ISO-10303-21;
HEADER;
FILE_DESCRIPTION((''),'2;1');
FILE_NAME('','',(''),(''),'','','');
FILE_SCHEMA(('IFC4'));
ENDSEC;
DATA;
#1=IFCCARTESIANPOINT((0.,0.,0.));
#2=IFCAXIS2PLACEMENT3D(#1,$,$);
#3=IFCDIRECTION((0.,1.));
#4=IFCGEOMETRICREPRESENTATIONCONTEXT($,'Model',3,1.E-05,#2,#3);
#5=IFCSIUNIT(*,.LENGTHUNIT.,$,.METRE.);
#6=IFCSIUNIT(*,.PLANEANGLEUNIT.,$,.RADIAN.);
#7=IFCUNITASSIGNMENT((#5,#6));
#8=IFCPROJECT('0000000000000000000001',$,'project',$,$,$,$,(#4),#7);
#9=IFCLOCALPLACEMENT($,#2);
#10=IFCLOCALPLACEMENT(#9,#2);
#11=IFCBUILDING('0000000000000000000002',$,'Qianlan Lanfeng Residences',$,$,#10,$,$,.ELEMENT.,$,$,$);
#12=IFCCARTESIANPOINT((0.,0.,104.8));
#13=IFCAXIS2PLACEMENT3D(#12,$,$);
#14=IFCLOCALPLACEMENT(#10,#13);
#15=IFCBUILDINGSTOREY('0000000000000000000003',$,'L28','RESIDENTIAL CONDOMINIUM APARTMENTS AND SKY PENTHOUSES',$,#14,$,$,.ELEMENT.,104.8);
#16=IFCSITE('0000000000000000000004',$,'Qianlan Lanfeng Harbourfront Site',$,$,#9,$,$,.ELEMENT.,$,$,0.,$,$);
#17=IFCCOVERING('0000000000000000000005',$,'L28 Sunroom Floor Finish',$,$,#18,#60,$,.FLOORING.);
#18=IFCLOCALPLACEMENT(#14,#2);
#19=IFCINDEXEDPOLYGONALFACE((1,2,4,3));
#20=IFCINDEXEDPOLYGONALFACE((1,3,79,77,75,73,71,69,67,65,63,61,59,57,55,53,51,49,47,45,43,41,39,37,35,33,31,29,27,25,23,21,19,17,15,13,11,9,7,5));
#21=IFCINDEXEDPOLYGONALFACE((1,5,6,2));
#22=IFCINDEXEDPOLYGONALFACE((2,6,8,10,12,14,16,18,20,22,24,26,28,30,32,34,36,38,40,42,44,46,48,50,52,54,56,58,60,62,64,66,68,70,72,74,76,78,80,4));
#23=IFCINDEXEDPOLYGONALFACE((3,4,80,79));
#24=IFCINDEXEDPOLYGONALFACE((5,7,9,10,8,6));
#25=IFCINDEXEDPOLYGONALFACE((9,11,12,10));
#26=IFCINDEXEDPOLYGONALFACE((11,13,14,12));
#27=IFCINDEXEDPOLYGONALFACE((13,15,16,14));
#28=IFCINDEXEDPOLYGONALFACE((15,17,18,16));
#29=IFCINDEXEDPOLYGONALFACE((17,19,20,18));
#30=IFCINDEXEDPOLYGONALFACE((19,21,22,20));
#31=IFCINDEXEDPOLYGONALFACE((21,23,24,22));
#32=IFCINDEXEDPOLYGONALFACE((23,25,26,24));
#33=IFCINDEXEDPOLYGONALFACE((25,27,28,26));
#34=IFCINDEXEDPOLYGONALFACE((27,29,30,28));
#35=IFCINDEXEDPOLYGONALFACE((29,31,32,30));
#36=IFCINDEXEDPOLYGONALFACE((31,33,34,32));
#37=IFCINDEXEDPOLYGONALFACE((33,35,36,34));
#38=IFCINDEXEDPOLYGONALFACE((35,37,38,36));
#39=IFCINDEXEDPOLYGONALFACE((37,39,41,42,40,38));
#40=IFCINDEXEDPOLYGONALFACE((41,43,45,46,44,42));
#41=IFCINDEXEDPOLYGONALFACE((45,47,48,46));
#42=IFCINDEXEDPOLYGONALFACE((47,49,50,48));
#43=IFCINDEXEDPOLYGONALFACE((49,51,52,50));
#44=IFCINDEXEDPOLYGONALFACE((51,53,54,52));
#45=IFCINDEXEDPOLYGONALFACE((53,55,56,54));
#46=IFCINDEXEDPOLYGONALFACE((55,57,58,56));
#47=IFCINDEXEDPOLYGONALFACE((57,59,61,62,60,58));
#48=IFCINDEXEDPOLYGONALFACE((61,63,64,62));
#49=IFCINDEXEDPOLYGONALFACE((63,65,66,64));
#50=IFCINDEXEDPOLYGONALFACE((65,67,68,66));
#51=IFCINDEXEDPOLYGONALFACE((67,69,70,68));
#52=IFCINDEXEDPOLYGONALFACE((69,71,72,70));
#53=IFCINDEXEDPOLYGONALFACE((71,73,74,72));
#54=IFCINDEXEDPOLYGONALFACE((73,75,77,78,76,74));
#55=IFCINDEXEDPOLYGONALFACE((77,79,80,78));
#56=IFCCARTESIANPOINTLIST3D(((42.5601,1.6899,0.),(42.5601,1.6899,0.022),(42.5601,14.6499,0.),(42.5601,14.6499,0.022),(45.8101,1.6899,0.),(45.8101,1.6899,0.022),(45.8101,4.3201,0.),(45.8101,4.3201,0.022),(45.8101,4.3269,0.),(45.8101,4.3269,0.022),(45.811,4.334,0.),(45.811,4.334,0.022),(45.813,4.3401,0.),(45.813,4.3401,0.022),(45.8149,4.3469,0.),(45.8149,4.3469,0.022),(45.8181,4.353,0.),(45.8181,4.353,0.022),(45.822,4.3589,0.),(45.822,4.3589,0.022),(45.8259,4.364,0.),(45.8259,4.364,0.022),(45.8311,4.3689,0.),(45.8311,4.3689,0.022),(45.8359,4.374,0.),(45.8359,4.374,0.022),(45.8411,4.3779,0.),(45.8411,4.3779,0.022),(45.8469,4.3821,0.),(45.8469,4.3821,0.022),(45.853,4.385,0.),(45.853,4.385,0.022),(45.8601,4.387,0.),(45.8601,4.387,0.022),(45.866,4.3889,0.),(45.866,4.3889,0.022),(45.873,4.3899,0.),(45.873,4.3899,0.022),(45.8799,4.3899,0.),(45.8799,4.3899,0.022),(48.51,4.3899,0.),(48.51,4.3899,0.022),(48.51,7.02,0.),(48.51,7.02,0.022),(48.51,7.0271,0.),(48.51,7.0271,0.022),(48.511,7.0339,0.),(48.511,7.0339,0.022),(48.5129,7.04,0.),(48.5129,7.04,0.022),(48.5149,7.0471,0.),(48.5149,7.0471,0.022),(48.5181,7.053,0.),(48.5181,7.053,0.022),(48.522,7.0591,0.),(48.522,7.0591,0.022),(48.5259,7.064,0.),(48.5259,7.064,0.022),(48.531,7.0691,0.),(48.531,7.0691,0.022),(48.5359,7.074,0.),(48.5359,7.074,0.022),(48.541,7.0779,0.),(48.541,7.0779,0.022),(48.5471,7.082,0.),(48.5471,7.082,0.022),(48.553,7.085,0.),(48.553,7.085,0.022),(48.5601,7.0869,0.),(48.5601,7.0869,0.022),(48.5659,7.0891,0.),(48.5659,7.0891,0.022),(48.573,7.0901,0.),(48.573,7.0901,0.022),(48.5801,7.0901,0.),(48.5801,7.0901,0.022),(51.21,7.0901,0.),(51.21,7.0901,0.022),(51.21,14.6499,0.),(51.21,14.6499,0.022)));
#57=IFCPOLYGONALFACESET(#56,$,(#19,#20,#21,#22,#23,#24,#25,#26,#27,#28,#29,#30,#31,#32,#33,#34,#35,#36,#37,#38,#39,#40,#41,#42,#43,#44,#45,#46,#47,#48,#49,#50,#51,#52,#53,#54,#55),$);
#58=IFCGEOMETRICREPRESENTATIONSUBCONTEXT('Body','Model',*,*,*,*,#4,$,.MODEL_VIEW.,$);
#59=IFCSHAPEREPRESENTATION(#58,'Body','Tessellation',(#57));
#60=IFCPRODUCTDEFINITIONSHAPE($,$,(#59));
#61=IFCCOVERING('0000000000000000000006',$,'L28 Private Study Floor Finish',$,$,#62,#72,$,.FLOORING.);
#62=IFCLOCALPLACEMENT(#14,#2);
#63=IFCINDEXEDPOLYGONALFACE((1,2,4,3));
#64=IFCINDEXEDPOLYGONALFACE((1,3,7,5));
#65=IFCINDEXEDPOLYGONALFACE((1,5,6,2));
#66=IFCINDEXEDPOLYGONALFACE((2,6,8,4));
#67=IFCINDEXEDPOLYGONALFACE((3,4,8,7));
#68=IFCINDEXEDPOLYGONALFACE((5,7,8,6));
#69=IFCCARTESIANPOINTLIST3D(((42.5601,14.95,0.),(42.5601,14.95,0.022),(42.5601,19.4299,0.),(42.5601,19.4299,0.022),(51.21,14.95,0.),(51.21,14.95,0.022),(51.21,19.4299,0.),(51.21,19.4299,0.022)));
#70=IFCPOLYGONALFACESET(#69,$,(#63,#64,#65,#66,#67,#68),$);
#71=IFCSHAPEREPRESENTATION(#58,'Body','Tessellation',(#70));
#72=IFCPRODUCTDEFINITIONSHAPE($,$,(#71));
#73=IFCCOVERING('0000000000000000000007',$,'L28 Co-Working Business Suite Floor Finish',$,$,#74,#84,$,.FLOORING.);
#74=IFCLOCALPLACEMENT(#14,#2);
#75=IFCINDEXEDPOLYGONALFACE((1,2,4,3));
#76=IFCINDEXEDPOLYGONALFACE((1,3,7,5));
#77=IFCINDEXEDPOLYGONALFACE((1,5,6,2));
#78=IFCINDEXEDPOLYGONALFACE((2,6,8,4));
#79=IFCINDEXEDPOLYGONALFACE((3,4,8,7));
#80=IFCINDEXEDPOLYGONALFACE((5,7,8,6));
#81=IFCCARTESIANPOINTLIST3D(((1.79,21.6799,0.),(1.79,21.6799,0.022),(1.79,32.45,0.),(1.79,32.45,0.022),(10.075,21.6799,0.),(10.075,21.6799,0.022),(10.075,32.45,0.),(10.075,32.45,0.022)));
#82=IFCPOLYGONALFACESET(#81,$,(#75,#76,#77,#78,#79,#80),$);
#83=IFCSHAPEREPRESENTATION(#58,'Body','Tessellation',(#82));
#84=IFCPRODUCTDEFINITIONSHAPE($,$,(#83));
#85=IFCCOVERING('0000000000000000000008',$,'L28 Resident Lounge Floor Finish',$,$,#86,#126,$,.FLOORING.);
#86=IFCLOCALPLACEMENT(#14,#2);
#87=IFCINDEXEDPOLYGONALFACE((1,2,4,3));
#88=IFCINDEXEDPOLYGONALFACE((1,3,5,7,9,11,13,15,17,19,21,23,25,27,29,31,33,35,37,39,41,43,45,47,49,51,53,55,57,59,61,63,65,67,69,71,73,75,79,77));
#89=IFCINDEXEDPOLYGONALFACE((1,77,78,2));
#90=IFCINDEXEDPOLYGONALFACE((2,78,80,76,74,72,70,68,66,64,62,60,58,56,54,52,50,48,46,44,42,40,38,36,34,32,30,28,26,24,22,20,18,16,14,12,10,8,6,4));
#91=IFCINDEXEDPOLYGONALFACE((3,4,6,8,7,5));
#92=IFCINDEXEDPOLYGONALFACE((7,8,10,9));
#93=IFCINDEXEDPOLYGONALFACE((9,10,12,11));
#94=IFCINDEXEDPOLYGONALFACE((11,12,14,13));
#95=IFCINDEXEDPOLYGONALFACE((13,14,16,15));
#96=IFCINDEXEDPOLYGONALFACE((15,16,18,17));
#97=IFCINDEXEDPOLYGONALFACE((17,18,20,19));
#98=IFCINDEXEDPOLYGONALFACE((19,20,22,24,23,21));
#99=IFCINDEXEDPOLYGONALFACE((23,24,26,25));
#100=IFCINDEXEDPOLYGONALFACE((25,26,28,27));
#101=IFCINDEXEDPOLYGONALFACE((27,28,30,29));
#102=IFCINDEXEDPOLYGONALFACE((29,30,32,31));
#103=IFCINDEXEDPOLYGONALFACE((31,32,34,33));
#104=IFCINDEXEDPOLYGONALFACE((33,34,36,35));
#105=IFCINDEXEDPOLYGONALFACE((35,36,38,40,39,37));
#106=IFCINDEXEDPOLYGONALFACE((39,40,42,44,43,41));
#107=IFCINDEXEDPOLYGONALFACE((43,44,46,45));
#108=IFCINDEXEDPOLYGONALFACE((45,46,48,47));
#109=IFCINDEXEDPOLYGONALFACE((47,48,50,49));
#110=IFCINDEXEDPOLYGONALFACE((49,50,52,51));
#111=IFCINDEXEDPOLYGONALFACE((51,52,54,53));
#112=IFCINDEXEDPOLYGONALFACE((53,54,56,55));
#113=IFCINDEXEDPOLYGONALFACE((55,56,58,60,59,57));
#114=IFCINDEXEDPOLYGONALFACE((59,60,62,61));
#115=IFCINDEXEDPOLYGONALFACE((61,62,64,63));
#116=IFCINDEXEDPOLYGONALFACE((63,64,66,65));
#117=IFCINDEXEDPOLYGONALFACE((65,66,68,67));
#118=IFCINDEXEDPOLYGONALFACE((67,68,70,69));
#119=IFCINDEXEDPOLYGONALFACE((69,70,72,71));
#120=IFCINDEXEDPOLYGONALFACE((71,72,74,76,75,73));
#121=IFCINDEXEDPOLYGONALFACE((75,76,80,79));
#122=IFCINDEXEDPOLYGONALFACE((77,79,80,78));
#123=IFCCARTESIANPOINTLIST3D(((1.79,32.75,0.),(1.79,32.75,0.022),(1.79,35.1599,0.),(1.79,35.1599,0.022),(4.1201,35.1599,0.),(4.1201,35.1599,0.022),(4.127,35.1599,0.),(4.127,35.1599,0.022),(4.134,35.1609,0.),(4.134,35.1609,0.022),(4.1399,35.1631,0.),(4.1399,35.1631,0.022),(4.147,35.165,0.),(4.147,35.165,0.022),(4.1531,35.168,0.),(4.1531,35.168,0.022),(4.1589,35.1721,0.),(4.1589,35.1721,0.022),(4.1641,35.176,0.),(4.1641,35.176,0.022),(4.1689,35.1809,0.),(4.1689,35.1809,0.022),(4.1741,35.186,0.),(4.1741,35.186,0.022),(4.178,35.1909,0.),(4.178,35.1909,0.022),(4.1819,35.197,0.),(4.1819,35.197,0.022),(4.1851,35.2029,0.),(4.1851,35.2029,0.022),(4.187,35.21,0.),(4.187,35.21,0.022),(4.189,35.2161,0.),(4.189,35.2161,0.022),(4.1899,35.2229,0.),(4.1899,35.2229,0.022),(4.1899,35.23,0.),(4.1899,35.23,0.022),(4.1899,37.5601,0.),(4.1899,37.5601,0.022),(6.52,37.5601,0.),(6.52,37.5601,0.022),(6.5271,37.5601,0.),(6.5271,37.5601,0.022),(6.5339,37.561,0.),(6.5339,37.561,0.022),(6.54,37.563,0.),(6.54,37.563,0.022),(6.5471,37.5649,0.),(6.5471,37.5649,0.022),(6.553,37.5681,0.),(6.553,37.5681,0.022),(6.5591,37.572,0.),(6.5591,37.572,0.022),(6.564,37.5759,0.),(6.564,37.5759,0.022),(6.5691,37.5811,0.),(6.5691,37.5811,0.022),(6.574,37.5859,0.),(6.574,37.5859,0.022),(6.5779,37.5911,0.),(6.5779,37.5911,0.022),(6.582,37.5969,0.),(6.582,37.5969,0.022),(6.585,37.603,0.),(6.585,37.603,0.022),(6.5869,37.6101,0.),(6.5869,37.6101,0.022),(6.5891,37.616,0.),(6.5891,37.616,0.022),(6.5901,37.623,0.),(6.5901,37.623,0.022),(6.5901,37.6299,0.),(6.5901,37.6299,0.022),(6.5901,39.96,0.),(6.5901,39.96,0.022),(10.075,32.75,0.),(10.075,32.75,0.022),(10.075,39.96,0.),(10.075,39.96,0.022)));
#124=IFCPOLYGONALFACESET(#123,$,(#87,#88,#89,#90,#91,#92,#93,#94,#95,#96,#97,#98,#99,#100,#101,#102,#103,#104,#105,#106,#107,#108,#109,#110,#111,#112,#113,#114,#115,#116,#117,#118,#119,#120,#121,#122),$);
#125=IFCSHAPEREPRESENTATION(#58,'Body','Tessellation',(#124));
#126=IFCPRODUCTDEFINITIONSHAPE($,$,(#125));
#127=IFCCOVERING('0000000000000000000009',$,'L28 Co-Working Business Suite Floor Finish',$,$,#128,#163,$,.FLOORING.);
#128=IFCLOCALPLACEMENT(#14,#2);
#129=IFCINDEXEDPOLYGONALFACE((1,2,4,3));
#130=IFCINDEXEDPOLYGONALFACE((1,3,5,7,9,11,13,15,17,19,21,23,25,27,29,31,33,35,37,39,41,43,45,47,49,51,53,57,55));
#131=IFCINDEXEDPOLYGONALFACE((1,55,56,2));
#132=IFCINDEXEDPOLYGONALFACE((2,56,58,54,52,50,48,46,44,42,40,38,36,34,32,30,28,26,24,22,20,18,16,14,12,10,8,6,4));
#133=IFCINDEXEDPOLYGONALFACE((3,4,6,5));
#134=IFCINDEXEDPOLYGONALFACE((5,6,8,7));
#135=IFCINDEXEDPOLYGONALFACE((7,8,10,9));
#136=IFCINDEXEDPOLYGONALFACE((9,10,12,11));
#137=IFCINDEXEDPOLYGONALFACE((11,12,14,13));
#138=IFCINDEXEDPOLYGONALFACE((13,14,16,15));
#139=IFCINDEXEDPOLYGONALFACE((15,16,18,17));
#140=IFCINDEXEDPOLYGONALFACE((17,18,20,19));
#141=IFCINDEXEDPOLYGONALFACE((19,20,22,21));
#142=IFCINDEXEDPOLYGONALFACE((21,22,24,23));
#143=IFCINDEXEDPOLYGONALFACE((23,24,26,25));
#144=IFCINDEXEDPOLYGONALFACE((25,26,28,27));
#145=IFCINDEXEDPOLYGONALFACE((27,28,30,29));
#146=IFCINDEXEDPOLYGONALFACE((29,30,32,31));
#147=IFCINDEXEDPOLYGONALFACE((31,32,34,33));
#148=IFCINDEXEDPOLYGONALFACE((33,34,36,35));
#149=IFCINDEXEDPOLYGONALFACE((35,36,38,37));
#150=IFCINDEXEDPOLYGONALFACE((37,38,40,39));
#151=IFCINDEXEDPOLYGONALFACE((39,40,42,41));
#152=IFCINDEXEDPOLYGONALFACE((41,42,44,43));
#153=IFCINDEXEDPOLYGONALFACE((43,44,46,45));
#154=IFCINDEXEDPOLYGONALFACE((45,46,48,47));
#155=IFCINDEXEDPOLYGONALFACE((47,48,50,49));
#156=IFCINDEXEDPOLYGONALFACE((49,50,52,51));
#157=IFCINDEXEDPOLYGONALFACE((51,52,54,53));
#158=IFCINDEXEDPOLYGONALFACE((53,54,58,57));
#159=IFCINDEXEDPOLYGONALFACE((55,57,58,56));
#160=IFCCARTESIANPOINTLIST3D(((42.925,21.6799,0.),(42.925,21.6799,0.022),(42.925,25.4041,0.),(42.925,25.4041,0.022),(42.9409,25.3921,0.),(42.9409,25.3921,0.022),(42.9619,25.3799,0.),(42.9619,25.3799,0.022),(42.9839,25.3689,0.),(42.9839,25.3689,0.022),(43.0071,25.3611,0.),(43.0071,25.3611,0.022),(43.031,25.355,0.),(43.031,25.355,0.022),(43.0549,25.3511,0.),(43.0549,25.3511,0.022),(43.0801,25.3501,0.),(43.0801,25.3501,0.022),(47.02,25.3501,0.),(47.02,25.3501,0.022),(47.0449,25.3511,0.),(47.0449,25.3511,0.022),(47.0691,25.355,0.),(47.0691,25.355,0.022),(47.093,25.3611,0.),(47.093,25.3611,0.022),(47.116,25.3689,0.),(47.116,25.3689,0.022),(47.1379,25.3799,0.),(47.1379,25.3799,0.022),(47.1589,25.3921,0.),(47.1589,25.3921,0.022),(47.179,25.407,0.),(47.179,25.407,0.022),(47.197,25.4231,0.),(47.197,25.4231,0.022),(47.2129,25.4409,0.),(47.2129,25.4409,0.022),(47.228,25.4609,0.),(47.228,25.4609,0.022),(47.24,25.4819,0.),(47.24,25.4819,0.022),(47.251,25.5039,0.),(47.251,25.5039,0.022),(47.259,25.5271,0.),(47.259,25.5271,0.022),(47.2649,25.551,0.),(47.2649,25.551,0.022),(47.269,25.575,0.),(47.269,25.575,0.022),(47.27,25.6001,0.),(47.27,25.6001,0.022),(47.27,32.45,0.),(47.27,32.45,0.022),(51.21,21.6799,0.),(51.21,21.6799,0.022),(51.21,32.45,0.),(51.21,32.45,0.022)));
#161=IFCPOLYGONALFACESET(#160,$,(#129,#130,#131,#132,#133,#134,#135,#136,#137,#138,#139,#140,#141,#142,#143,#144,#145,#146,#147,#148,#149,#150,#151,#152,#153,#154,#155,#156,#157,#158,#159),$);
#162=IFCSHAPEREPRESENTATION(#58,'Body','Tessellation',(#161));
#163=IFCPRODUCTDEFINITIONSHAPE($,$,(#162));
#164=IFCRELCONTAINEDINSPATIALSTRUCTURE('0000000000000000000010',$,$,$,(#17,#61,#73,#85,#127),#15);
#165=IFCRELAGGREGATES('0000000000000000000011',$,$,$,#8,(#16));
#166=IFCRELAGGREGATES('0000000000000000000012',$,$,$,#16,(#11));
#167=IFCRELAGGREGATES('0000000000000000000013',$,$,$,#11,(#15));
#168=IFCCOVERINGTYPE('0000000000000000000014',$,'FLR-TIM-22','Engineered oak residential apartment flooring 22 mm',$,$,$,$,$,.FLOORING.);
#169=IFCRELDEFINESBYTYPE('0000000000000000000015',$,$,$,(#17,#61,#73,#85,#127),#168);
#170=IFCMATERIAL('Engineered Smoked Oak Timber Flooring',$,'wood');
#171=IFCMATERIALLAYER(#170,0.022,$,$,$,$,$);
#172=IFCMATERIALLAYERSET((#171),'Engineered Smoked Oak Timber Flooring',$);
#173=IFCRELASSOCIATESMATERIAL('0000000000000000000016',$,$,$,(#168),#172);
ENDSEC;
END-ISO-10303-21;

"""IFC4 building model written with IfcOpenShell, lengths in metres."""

from ifc_helpers import new_model, si_unit, direction, frame, origin, place, context, subcontext, project, spatial, polyline, outline, extrude, material, layer, layer_set, type_object, element, save


model = new_model("IFC4")

# Units and contexts
model_context = context("Model", 3, precision=1e-05, world=origin(), true_north=direction((0.0, 1.0)))
body_context = subcontext(model_context, "Body", "Model", "MODEL_VIEW")
ifc_project = project(units=[si_unit("LENGTHUNIT", "METRE"), si_unit("PLANEANGLEUNIT", "RADIAN")], contexts=[model_context])

# Site, building, storey
site_placement = place(None, origin())
site = spatial("IfcSite", under=ifc_project, at=site_placement, Name="Qianlan Lanfeng Harbourfront Site", CompositionType="ELEMENT", RefElevation=0.0)
building_placement = place(site_placement, origin())
building = spatial("IfcBuilding", under=site, at=building_placement, Name="Qianlan Lanfeng Residences", CompositionType="ELEMENT")
storey_placement = place(building_placement, frame((0.0, 0.0, 104.8)))
storey = spatial("IfcBuildingStorey", under=building, at=storey_placement, Name="L28", Description="RESIDENTIAL CONDOMINIUM APARTMENTS AND SKY PENTHOUSES", CompositionType="ELEMENT", Elevation=104.8)

# Coverings
ifc_material_1 = material(Name="Engineered Smoked Oak Timber Flooring", Category="wood")
ifc_layer_1 = layer(ifc_material_1, 0.022)
ifc_layer_set_1 = layer_set([ifc_layer_1], Name="Engineered Smoked Oak Timber Flooring")
covering_type_1 = type_object("IfcCoveringType", Name="FLR-TIM-22", Description="Engineered oak residential apartment flooring 22 mm", PredefinedType="FLOORING", material=ifc_layer_set_1)
covering_1_placement = place(storey_placement, origin())
element("IfcCovering", 1, at=covering_1_placement, inside=storey, type_object=covering_type_1, Name="L28 Sunroom Floor Finish", PredefinedType="FLOORING", context=body_context, shape_type="SweptSolid", body=[
    extrude(outline(polyline([(51.21, 14.6499), (42.5601, 14.6499), (42.5601, 1.6899), (45.8101, 1.6899), (45.8101, 4.3201), (45.8101, 4.3269), (45.811, 4.334), (45.813, 4.3401), (45.8149, 4.3469), (45.8181, 4.353), (45.822, 4.3589), (45.8259, 4.364), (45.8311, 4.3689), (45.8359, 4.374), (45.8411, 4.3779), (45.8469, 4.3821), (45.853, 4.385), (45.8601, 4.387), (45.866, 4.3889), (45.873, 4.3899), (45.8799, 4.3899), (48.51, 4.3899), (48.51, 7.02), (48.51, 7.0271), (48.511, 7.0339), (48.5129, 7.04), (48.5149, 7.0471), (48.5181, 7.053), (48.522, 7.0591), (48.5259, 7.064), (48.531, 7.0691), (48.5359, 7.074), (48.541, 7.0779), (48.5471, 7.082), (48.553, 7.085), (48.5601, 7.0869), (48.5659, 7.0891), (48.573, 7.0901), (48.5801, 7.0901), (51.21, 7.0901), (51.21, 14.6499)])), origin(), (0.0, 0.0, 1.0), 0.022),
])
covering_2_placement = place(storey_placement, origin())
element("IfcCovering", 2, at=covering_2_placement, inside=storey, type_object=covering_type_1, Name="L28 Private Study Floor Finish", PredefinedType="FLOORING", context=body_context, shape_type="SweptSolid", body=[
    extrude(outline(polyline([(51.21, 19.4299), (42.5601, 19.4299), (42.5601, 14.95), (51.21, 14.95), (51.21, 19.4299)])), origin(), (0.0, 0.0, 1.0), 0.022),
])
covering_3_placement = place(storey_placement, origin())
element("IfcCovering", 3, at=covering_3_placement, inside=storey, type_object=covering_type_1, Name="L28 Co-Working Business Suite Floor Finish", PredefinedType="FLOORING", context=body_context, shape_type="SweptSolid", body=[
    extrude(outline(polyline([(10.075, 32.45), (1.79, 32.45), (1.79, 21.6799), (10.075, 21.6799), (10.075, 32.45)])), origin(), (0.0, 0.0, 1.0), 0.022),
])
covering_4_placement = place(storey_placement, origin())
element("IfcCovering", 4, at=covering_4_placement, inside=storey, type_object=covering_type_1, Name="L28 Resident Lounge Floor Finish", PredefinedType="FLOORING", context=body_context, shape_type="SweptSolid", body=[
    extrude(outline(polyline([(1.79, 32.75), (10.075, 32.75), (10.075, 39.96), (6.5901, 39.96), (6.5901, 37.6299), (6.5901, 37.623), (6.5891, 37.616), (6.5869, 37.6101), (6.585, 37.603), (6.582, 37.5969), (6.5779, 37.5911), (6.574, 37.5859), (6.5691, 37.5811), (6.564, 37.5759), (6.5591, 37.572), (6.553, 37.5681), (6.5471, 37.5649), (6.54, 37.563), (6.5339, 37.561), (6.5271, 37.5601), (6.52, 37.5601), (4.1899, 37.5601), (4.1899, 35.23), (4.1899, 35.2229), (4.189, 35.2161), (4.187, 35.21), (4.1851, 35.2029), (4.1819, 35.197), (4.178, 35.1909), (4.1741, 35.186), (4.1689, 35.1809), (4.1641, 35.176), (4.1589, 35.1721), (4.1531, 35.168), (4.147, 35.165), (4.1399, 35.1631), (4.134, 35.1609), (4.127, 35.1599), (4.1201, 35.1599), (1.79, 35.1599), (1.79, 32.75)])), origin(), (0.0, 0.0, 1.0), 0.022),
])
covering_5_placement = place(storey_placement, origin())
element("IfcCovering", 5, at=covering_5_placement, inside=storey, type_object=covering_type_1, Name="L28 Co-Working Business Suite Floor Finish", PredefinedType="FLOORING", context=body_context, shape_type="SweptSolid", body=[
    extrude(outline(polyline([(51.21, 32.45), (47.27, 32.45), (47.27, 25.6001), (47.269, 25.575), (47.2649, 25.551), (47.259, 25.5271), (47.251, 25.5039), (47.24, 25.4819), (47.228, 25.4609), (47.2129, 25.4409), (47.197, 25.4231), (47.179, 25.407), (47.1589, 25.3921), (47.1379, 25.3799), (47.116, 25.3689), (47.093, 25.3611), (47.0691, 25.355), (47.0449, 25.3511), (47.02, 25.3501), (43.0801, 25.3501), (43.0549, 25.3511), (43.031, 25.355), (43.0071, 25.3611), (42.9839, 25.3689), (42.9619, 25.3799), (42.9409, 25.3921), (42.925, 25.4041), (42.925, 21.6799), (51.21, 21.6799), (51.21, 32.45)])), origin(), (0.0, 0.0, 1.0), 0.022),
])

save(model, "model.ifc")
